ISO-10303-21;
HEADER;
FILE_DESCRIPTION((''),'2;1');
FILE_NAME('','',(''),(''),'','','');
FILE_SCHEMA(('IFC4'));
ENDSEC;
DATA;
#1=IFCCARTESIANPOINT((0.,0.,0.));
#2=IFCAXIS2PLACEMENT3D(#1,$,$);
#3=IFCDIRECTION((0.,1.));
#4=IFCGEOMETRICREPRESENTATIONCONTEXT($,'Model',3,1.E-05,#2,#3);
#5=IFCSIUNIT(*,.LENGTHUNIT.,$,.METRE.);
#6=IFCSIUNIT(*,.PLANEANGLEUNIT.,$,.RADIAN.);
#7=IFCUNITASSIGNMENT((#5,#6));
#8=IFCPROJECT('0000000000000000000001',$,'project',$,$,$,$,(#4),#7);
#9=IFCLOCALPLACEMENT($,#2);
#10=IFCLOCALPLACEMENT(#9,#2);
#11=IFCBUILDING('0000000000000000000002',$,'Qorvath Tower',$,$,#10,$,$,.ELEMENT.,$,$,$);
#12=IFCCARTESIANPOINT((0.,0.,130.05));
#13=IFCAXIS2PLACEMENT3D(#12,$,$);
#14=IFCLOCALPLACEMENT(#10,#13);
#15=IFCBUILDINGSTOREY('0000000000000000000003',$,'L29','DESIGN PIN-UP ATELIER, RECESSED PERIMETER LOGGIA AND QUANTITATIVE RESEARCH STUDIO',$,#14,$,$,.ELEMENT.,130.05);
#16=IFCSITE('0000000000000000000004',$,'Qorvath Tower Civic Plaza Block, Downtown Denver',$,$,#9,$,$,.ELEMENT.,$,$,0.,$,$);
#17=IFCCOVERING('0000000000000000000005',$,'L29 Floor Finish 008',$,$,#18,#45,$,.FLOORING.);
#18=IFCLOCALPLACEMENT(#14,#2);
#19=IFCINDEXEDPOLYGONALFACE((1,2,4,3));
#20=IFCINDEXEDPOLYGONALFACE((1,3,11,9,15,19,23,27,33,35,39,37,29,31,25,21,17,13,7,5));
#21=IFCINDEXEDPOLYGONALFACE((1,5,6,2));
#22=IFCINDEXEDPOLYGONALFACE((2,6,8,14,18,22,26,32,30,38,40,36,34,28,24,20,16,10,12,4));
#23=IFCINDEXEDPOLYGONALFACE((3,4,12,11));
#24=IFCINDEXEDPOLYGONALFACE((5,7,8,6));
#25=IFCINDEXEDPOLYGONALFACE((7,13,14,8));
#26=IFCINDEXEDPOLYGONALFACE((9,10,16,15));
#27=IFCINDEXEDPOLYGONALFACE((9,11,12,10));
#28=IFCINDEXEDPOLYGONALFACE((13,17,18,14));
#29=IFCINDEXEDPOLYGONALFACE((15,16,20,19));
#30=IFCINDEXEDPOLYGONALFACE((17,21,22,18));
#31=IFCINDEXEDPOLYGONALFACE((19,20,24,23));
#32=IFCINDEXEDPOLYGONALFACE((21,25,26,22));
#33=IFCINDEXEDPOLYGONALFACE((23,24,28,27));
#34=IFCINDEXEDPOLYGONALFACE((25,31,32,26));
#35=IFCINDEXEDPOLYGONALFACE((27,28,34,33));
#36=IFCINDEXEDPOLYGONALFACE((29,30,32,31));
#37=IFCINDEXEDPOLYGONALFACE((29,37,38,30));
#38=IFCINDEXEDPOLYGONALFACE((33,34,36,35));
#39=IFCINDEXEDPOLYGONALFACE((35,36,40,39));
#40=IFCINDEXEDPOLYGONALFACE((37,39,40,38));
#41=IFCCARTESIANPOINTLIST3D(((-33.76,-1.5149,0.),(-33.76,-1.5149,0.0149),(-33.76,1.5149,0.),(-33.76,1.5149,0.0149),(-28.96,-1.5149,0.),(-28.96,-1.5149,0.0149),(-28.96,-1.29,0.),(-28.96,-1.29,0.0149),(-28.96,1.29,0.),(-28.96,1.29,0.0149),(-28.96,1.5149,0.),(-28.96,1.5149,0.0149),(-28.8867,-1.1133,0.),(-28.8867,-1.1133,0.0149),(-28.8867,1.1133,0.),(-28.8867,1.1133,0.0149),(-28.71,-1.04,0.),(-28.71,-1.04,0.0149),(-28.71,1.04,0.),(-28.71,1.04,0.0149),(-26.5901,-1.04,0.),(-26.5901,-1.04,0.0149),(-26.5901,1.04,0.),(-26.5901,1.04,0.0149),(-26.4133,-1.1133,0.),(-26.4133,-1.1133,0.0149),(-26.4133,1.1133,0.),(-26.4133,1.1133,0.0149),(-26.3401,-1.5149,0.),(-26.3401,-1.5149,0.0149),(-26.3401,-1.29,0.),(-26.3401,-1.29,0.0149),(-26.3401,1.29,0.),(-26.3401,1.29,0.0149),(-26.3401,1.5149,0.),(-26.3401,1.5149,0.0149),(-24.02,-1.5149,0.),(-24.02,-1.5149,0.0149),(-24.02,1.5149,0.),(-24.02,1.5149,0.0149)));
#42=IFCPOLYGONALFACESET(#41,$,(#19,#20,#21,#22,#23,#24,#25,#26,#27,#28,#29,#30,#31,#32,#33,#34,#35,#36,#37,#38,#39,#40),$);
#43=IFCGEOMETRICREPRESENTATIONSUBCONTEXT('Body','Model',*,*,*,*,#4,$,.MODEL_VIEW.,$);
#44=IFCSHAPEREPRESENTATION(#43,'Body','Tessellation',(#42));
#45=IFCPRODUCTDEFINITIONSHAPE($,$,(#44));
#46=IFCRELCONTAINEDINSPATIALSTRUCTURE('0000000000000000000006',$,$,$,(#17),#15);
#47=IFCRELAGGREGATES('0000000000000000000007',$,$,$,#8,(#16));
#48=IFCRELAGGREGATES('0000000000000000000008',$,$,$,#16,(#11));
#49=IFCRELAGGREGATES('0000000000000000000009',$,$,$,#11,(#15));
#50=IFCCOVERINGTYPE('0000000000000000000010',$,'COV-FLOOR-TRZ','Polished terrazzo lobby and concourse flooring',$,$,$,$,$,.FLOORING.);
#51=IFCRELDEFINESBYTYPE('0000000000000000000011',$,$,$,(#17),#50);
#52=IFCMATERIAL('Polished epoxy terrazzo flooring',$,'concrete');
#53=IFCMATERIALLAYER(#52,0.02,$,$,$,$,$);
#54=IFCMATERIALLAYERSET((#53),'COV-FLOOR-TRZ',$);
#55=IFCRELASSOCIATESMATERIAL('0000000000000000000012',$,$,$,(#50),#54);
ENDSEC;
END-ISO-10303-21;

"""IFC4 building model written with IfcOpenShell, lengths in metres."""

from ifc_helpers import new_model, si_unit, direction, frame, origin, place, context, subcontext, project, spatial, polyline, outline, extrude, material, layer, layer_set, type_object, element, save


model = new_model("IFC4")

# Units and contexts
model_context = context("Model", 3, precision=1e-05, world=origin(), true_north=direction((0.0, 1.0)))
body_context = subcontext(model_context, "Body", "Model", "MODEL_VIEW")
ifc_project = project(units=[si_unit("LENGTHUNIT", "METRE"), si_unit("PLANEANGLEUNIT", "RADIAN")], contexts=[model_context])

# Site, building, storey
site_placement = place(None, origin())
site = spatial("IfcSite", under=ifc_project, at=site_placement, Name="Qorvath Tower Civic Plaza Block, Downtown Denver", CompositionType="ELEMENT", RefElevation=0.0)
building_placement = place(site_placement, origin())
building = spatial("IfcBuilding", under=site, at=building_placement, Name="Qorvath Tower", CompositionType="ELEMENT")
storey_placement = place(building_placement, frame((0.0, 0.0, 130.05)))
storey = spatial("IfcBuildingStorey", under=building, at=storey_placement, Name="L29", Description="DESIGN PIN-UP ATELIER, RECESSED PERIMETER LOGGIA AND QUANTITATIVE RESEARCH STUDIO", CompositionType="ELEMENT", Elevation=130.05)

# Covering
ifc_material_1 = material(Name="Polished epoxy terrazzo flooring", Category="concrete")
ifc_layer_1 = layer(ifc_material_1, 0.02)
ifc_layer_set_1 = layer_set([ifc_layer_1], Name="COV-FLOOR-TRZ")
covering_type_1 = type_object("IfcCoveringType", Name="COV-FLOOR-TRZ", Description="Polished terrazzo lobby and concourse flooring", PredefinedType="FLOORING", material=ifc_layer_set_1)
covering_1_placement = place(storey_placement, origin())
element("IfcCovering", 1, at=covering_1_placement, inside=storey, type_object=covering_type_1, Name="L29 Floor Finish 008", PredefinedType="FLOORING", context=body_context, shape_type="SweptSolid", body=[
    extrude(outline(polyline([(-24.02, -1.5149), (-24.02, 1.5149), (-26.3401, 1.5149), (-26.3401, 1.29), (-26.4133, 1.1133), (-26.5901, 1.04), (-28.71, 1.04), (-28.8867, 1.1133), (-28.96, 1.29), (-28.96, 1.5149), (-33.76, 1.5149), (-33.76, -1.5149), (-28.96, -1.5149), (-28.96, -1.29), (-28.8867, -1.1133), (-28.71, -1.04), (-26.5901, -1.04), (-26.4133, -1.1133), (-26.3401, -1.29), (-26.3401, -1.5149), (-24.02, -1.5149)])), origin(), (0.0, 0.0, 1.0), 0.0149),
])

save(model, "model.ifc")
